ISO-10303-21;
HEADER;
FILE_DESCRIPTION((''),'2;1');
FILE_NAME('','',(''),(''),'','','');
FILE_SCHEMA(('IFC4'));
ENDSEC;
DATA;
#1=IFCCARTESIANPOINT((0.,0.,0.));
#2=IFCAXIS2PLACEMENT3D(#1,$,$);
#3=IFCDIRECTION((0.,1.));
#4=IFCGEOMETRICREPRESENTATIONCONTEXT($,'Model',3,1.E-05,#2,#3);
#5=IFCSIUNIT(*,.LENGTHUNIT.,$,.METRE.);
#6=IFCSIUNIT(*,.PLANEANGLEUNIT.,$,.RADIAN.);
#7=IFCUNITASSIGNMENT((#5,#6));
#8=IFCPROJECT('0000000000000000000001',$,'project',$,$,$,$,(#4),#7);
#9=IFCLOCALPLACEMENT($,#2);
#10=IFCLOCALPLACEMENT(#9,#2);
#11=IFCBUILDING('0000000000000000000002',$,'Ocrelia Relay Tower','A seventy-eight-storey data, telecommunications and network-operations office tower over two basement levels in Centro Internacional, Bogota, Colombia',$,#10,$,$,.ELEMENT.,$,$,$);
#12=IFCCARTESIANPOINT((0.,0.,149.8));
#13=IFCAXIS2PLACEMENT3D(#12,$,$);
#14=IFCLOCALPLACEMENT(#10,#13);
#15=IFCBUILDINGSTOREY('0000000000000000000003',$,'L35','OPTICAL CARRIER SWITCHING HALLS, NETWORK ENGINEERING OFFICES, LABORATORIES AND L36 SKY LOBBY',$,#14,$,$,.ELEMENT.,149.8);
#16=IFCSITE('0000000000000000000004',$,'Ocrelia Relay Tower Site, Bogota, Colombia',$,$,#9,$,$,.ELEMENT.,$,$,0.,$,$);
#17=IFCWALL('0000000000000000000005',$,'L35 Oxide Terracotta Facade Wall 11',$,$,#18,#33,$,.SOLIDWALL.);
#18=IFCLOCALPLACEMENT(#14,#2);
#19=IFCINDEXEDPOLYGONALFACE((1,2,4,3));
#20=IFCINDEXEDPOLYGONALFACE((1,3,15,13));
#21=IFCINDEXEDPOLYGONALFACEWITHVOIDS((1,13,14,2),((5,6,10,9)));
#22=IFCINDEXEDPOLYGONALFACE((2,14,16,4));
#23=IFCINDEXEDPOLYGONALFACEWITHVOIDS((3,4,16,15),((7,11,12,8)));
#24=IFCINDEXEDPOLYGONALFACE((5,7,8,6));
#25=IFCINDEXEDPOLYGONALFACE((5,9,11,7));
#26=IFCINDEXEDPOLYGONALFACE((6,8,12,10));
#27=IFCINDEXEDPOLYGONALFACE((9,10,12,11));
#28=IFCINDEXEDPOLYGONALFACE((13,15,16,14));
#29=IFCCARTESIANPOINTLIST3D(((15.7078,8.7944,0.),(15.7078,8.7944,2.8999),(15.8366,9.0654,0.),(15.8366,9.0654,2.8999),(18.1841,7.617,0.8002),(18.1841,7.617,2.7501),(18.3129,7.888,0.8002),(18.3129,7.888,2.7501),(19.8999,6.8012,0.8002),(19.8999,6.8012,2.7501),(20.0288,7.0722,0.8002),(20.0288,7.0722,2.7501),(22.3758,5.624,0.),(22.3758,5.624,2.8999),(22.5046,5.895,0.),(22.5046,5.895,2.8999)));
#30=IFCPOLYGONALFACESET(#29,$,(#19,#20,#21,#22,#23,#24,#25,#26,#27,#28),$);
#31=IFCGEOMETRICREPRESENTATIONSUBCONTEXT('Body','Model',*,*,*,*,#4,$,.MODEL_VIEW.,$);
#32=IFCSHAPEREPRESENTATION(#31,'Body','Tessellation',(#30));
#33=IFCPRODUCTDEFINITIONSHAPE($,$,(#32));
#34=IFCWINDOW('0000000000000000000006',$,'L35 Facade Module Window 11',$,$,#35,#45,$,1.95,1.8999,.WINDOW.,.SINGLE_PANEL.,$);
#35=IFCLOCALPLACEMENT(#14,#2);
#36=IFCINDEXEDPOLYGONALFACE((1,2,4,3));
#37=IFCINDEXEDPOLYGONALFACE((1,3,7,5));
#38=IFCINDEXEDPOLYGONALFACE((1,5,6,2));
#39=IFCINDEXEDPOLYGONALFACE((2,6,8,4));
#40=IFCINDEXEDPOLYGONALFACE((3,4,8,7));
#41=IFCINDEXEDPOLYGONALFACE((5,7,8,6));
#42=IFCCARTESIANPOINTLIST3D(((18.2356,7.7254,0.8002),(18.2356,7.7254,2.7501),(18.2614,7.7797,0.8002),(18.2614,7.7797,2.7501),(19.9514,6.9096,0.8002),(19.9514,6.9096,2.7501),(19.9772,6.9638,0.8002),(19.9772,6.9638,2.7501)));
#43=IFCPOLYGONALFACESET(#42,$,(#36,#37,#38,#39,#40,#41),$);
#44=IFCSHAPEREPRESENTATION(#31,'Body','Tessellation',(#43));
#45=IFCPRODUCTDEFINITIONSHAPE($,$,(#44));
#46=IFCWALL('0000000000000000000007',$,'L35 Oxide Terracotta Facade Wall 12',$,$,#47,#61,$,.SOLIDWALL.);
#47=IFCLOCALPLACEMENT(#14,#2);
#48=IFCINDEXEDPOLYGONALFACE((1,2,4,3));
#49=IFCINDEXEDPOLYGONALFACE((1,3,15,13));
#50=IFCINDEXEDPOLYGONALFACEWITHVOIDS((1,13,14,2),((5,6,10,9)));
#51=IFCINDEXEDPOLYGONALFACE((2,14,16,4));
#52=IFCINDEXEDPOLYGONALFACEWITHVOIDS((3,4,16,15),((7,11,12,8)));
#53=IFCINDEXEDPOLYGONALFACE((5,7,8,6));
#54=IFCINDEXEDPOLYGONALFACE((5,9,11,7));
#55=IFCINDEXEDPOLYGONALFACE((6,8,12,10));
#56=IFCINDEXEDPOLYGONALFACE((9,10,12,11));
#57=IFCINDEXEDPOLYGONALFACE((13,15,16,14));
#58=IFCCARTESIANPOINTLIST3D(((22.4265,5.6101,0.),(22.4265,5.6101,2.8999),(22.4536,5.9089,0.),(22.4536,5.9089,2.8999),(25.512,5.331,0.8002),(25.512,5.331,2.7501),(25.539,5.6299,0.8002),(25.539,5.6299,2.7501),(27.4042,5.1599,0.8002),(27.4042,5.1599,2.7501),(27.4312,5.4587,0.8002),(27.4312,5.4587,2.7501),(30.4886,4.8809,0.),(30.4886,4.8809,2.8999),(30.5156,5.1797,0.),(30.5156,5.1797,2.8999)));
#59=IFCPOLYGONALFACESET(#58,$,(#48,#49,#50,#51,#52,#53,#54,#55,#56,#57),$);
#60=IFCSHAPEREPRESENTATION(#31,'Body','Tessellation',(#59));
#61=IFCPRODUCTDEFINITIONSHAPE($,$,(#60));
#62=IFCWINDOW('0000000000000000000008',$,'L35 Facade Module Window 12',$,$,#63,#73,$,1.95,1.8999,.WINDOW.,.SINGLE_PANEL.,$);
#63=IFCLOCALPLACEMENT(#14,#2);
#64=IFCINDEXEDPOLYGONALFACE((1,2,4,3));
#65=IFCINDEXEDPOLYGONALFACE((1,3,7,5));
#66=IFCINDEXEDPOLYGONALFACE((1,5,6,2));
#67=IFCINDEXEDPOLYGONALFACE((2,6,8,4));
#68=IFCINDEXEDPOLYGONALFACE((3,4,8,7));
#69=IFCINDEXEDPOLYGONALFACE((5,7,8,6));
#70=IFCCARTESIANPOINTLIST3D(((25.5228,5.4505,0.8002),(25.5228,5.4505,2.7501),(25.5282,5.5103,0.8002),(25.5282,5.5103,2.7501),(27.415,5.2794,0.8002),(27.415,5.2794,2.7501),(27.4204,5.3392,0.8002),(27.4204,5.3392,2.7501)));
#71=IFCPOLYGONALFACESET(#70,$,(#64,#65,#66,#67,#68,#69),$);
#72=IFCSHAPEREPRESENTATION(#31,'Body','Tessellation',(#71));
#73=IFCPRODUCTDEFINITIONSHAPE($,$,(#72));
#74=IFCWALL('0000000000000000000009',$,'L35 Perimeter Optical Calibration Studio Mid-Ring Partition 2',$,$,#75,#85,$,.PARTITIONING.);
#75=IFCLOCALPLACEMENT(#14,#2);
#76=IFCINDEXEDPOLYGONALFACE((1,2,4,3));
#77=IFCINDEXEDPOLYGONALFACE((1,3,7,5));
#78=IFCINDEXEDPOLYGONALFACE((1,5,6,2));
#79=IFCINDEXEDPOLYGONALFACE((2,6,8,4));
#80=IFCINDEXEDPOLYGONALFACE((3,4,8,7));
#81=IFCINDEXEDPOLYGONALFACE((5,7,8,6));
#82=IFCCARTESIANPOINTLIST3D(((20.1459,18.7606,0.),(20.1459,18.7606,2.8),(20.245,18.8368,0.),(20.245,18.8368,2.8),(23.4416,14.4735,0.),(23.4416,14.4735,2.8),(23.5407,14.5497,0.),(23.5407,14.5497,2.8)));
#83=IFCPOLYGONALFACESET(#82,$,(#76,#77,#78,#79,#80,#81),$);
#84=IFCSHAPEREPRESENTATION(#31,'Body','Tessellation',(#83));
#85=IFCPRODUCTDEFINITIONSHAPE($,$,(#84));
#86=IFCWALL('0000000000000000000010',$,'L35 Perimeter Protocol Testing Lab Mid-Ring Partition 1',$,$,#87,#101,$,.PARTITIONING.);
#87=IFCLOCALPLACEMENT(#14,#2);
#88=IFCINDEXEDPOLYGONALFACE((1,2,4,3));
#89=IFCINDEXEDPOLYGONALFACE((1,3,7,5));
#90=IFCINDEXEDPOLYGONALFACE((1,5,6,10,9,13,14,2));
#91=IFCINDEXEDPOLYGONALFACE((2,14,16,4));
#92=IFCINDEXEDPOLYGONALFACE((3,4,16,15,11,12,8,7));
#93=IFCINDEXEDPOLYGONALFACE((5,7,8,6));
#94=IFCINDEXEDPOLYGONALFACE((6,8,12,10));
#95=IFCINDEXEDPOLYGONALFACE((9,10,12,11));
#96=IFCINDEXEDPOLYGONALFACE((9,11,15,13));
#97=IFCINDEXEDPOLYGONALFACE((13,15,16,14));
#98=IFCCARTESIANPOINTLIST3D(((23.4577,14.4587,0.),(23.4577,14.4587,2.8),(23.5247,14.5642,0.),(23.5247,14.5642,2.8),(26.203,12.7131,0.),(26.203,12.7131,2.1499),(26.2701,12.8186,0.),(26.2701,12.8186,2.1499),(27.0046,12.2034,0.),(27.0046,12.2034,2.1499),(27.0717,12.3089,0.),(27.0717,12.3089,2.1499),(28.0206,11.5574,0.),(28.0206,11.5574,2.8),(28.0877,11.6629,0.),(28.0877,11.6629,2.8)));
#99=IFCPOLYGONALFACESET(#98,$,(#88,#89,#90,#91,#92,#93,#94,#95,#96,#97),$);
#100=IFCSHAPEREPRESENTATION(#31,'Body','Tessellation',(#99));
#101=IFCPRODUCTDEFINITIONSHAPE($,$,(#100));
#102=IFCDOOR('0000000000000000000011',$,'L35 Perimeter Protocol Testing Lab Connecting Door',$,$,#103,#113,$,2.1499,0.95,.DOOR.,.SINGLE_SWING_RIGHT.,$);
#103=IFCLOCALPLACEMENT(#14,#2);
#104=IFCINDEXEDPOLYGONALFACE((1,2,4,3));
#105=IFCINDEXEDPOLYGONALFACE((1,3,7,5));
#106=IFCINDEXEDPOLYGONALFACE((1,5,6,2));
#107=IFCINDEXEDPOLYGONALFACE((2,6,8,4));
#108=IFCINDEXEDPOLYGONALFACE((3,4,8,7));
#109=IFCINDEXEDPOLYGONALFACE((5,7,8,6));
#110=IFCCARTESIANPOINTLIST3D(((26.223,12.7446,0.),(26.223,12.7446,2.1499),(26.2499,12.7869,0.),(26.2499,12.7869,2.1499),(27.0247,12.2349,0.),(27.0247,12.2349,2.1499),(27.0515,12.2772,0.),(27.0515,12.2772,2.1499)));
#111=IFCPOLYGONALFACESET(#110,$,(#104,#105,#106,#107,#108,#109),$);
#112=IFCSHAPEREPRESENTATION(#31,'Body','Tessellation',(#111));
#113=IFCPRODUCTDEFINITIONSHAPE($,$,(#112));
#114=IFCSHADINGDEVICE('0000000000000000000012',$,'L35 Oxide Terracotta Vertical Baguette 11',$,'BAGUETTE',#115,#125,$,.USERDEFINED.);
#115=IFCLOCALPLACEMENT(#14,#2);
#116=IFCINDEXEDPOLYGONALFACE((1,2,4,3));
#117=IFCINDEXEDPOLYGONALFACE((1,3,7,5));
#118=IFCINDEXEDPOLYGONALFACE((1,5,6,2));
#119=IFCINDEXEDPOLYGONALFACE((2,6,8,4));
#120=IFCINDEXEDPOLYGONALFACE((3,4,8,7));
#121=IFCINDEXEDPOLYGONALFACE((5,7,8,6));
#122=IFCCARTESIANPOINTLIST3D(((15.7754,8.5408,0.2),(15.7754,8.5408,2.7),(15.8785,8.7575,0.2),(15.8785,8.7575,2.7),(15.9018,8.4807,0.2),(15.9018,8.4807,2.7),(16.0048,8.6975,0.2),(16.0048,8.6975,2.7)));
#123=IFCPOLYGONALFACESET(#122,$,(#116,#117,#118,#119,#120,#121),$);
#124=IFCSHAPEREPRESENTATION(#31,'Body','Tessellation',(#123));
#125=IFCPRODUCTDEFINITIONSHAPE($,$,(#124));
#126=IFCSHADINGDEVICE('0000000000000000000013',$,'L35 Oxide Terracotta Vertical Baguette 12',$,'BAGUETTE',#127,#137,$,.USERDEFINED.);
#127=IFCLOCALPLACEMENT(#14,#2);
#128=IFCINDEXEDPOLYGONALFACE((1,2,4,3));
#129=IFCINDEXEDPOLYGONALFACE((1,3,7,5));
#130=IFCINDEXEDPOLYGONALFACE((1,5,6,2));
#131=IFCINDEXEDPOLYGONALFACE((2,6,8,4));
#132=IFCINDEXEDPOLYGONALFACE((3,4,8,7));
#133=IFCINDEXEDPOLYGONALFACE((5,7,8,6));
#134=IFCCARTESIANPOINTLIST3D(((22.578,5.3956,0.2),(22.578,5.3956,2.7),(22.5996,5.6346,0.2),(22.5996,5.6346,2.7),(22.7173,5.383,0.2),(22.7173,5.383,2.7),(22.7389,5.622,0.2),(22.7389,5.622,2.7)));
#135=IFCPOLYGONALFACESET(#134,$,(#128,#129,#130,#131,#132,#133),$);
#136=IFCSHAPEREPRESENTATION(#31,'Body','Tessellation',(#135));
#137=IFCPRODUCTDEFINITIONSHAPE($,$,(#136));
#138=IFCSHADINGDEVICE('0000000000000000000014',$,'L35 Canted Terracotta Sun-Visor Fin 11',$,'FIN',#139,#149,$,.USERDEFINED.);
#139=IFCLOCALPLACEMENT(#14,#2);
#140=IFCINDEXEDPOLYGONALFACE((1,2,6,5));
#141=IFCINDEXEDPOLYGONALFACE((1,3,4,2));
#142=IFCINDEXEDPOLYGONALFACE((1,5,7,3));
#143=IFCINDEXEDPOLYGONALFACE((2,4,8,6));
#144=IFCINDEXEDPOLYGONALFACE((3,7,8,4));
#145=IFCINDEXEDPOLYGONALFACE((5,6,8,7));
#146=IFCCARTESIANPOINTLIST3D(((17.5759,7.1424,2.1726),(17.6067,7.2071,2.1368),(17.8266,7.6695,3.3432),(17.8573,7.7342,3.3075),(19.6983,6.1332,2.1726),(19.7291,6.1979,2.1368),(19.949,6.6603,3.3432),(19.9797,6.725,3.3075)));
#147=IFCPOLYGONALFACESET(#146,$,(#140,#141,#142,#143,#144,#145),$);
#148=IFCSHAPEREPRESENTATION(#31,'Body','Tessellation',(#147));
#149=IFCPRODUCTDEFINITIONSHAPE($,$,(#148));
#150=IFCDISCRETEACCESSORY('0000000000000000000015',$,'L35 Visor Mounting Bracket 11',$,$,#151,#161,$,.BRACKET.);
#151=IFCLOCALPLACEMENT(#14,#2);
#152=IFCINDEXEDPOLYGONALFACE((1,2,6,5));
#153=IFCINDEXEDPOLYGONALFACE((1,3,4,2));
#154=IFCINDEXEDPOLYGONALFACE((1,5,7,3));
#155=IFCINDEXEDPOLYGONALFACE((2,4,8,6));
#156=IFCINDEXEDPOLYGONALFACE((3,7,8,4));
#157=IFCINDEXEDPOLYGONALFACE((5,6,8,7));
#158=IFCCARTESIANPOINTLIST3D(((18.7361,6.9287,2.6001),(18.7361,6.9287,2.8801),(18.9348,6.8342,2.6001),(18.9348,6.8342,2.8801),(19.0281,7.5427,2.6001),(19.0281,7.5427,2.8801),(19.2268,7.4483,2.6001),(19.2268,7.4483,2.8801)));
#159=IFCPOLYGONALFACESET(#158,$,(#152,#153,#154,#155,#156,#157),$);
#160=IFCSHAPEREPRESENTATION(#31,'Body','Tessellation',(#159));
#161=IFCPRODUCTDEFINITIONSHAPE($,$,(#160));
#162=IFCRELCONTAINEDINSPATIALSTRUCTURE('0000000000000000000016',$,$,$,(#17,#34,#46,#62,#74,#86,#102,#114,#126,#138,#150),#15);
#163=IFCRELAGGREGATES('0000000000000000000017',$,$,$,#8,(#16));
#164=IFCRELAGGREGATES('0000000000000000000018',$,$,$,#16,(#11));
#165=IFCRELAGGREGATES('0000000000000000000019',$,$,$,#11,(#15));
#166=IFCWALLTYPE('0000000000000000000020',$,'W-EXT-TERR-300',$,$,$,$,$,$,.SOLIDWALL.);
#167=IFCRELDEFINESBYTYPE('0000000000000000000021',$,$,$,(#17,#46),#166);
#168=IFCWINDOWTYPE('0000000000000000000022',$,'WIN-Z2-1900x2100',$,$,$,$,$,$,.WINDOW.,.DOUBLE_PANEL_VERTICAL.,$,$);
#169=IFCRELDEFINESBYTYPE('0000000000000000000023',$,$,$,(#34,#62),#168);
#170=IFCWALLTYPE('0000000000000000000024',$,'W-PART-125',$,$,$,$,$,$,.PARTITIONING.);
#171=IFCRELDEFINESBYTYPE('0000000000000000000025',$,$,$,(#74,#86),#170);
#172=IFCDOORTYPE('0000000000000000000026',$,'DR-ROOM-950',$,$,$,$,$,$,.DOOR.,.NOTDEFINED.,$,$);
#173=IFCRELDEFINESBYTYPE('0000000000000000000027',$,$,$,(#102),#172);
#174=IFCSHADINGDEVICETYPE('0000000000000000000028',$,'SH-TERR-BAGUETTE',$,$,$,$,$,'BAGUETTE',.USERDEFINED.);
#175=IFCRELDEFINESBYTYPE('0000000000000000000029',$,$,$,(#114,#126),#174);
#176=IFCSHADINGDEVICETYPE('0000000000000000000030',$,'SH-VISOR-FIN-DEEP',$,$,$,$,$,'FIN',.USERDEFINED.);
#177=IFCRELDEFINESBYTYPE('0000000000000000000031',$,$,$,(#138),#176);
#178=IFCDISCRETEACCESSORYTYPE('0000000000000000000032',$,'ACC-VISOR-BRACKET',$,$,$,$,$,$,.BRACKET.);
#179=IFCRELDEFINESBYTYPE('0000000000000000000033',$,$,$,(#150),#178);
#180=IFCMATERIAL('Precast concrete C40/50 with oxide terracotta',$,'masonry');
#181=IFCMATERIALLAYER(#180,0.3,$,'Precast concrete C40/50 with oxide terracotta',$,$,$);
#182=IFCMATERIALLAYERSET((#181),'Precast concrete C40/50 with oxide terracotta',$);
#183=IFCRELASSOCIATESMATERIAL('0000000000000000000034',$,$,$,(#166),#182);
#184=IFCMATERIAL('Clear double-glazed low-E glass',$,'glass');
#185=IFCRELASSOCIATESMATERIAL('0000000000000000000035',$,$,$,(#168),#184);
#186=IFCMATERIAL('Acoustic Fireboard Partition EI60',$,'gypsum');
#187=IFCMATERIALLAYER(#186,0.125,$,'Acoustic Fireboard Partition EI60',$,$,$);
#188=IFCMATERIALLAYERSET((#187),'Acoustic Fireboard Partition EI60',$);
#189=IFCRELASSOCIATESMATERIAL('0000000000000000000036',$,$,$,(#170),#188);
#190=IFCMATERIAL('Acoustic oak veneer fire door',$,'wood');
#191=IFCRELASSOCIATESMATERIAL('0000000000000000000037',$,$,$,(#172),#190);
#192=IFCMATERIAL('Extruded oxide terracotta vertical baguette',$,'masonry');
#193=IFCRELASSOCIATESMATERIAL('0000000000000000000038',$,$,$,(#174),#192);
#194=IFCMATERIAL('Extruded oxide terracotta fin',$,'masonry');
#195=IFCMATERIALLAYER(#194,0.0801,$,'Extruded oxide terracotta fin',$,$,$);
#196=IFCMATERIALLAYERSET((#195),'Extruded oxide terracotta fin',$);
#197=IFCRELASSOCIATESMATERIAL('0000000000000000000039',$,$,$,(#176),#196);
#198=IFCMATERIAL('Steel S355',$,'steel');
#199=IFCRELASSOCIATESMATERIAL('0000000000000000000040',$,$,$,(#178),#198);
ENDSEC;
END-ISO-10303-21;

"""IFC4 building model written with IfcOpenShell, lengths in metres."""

from ifc_helpers import new_model, si_unit, direction, frame, frame_2d, origin, origin_2d, place, context, subcontext, project, spatial, rectangle, extrude, material, layer, layer_set, type_object, element, fill, save


model = new_model("IFC4")

# Units and contexts
model_context = context("Model", 3, precision=1e-05, world=origin(), true_north=direction((0.0, 1.0)))
body_context = subcontext(model_context, "Body", "Model", "MODEL_VIEW")
ifc_project = project(units=[si_unit("LENGTHUNIT", "METRE"), si_unit("PLANEANGLEUNIT", "RADIAN")], contexts=[model_context])

# Site, building, storey
site_placement = place(None, origin())
site = spatial("IfcSite", under=ifc_project, at=site_placement, Name="Ocrelia Relay Tower Site, Bogota, Colombia", CompositionType="ELEMENT", RefElevation=0.0)
building_placement = place(site_placement, origin())
building = spatial("IfcBuilding", under=site, at=building_placement, Name="Ocrelia Relay Tower", Description="A seventy-eight-storey data, telecommunications and network-operations office tower over two basement levels in Centro Internacional, Bogota, Colombia", CompositionType="ELEMENT")
storey_placement = place(building_placement, frame((0.0, 0.0, 149.8)))
storey = spatial("IfcBuildingStorey", under=building, at=storey_placement, Name="L35", Description="OPTICAL CARRIER SWITCHING HALLS, NETWORK ENGINEERING OFFICES, LABORATORIES AND L36 SKY LOBBY", CompositionType="ELEMENT", Elevation=149.8)

# Shared definitions
ifc_material_1 = material(Name="Steel S355", Category="steel")

# Shared definitions
ifc_material_2 = material(Name="Clear double-glazed low-E glass", Category="glass")

# Walls, openings, windows
ifc_material_3 = material(Name="Precast concrete C40/50 with oxide terracotta", Category="masonry")
ifc_layer_1 = layer(ifc_material_3, 0.3, Name="Precast concrete C40/50 with oxide terracotta")
ifc_layer_set_1 = layer_set([ifc_layer_1], Name="Precast concrete C40/50 with oxide terracotta")
wall_type_1 = type_object("IfcWallType", Name="W-EXT-TERR-300", PredefinedType="SOLIDWALL", material=ifc_layer_set_1)
wall_1_placement = place(storey_placement, frame((15.7722, 8.9299, 0.0), z_axis=(0.0, 0.0, 1.0), x_axis=(0.903113, -0.429402, 0.0)))
wall_1 = element("IfcWall", 1, at=wall_1_placement, inside=storey, type_object=wall_type_1, Name="L35 Oxide Terracotta Facade Wall 11", PredefinedType="SOLIDWALL", context=body_context, shape_type="SweptSolid", body=[
    extrude(rectangle(XDim=7.3833, YDim=0.3, at=frame_2d((3.6917, 0.0))), origin(), (0.0, 0.0, 1.0), 2.8999),
])
opening_1_placement = place(wall_1_placement, frame((2.7419, 0.0, 0.8)))
opening_1 = element("IfcOpeningElement", 2, at=opening_1_placement, cuts=wall_1, PredefinedType="OPENING", context=body_context, shape_type="SweptSolid", body=[
    extrude(rectangle(XDim=1.8999, YDim=1.95, at=frame_2d((0.95, 0.9751))), frame((0.0, 0.1602, 0.0), z_axis=(0.0, -1.0, 0.0), x_axis=(1.0, 0.0, 0.0)), (0.0, 0.0, 1.0), 0.3201),
])
window_type = type_object("IfcWindowType", Name="WIN-Z2-1900x2100", PartitioningType="DOUBLE_PANEL_VERTICAL", PredefinedType="WINDOW", material=ifc_material_2)
window_1_placement = place(opening_1_placement, origin())
window_1 = element("IfcWindow", 3, at=window_1_placement, inside=storey, type_object=window_type, Name="L35 Facade Module Window 11", OverallHeight=1.95, OverallWidth=1.8999, PartitioningType="SINGLE_PANEL", PredefinedType="WINDOW", context=body_context, shape_type="SweptSolid", body=[
    extrude(rectangle(XDim=1.8999, YDim=1.95, at=frame_2d((0.95, 0.9751))), frame((0.0, 0.03, 0.0), z_axis=(0.0, -1.0, 0.0), x_axis=(1.0, 0.0, 0.0)), (0.0, 0.0, 1.0), 0.0601),
])
fill(opening_1, window_1)
wall_2_placement = place(storey_placement, frame((22.4402, 5.7595, 0.0), z_axis=(0.0, 0.0, 1.0), x_axis=(0.995934, -0.090087, 0.0)))
wall_2 = element("IfcWall", 4, at=wall_2_placement, inside=storey, type_object=wall_type_1, Name="L35 Oxide Terracotta Facade Wall 12", PredefinedType="SOLIDWALL", context=body_context, shape_type="SweptSolid", body=[
    extrude(rectangle(XDim=8.095, YDim=0.3, at=frame_2d((4.0474, 0.0))), origin(), (0.0, 0.0, 1.0), 2.8999),
])
opening_2_placement = place(wall_2_placement, frame((3.0979, 0.0, 0.8)))
opening_2 = element("IfcOpeningElement", 5, at=opening_2_placement, cuts=wall_2, PredefinedType="OPENING", context=body_context, shape_type="SweptSolid", body=[
    extrude(rectangle(XDim=1.8999, YDim=1.95, at=frame_2d((0.95, 0.9751))), frame((0.0, 0.1602, 0.0), z_axis=(0.0, -1.0, 0.0), x_axis=(1.0, 0.0, 0.0)), (0.0, 0.0, 1.0), 0.3201),
])
window_2_placement = place(opening_2_placement, origin())
window_2 = element("IfcWindow", 6, at=window_2_placement, inside=storey, type_object=window_type, Name="L35 Facade Module Window 12", OverallHeight=1.95, OverallWidth=1.8999, PartitioningType="SINGLE_PANEL", PredefinedType="WINDOW", context=body_context, shape_type="SweptSolid", body=[
    extrude(rectangle(XDim=1.8999, YDim=1.95, at=frame_2d((0.95, 0.9751))), frame((0.0, 0.03, 0.0), z_axis=(0.0, -1.0, 0.0), x_axis=(1.0, 0.0, 0.0)), (0.0, 0.0, 1.0), 0.0601),
])
fill(opening_2, window_2)

# Wall
ifc_material_4 = material(Name="Acoustic Fireboard Partition EI60", Category="gypsum")
ifc_layer_2 = layer(ifc_material_4, 0.125, Name="Acoustic Fireboard Partition EI60")
ifc_layer_set_2 = layer_set([ifc_layer_2], Name="Acoustic Fireboard Partition EI60")
wall_type_2 = type_object("IfcWallType", Name="W-PART-125", PredefinedType="PARTITIONING", material=ifc_layer_set_2)
wall_3_placement = place(storey_placement, frame((20.1956, 18.7986, 0.0), z_axis=(0.0, 0.0, 1.0), x_axis=(0.609464, -0.792814, 0.0)))
element("IfcWall", 7, at=wall_3_placement, inside=storey, type_object=wall_type_2, Name="L35 Perimeter Optical Calibration Studio Mid-Ring Partition 2", PredefinedType="PARTITIONING", context=body_context, shape_type="SweptSolid", body=[
    extrude(rectangle(XDim=5.4075, YDim=0.125, at=frame_2d((2.7036, 0.0))), origin(), (0.0, 0.0, 1.0), 2.8),
])

# Wall, opening, door
wall_4_placement = place(storey_placement, frame((23.4912, 14.5115, 0.0), z_axis=(0.0, 0.0, 1.0), x_axis=(0.843858, -0.536566, 0.0)))
wall_4 = element("IfcWall", 8, at=wall_4_placement, inside=storey, type_object=wall_type_2, Name="L35 Perimeter Protocol Testing Lab Mid-Ring Partition 1", PredefinedType="PARTITIONING", context=body_context, shape_type="SweptSolid", body=[
    extrude(rectangle(XDim=5.4072, YDim=0.125, at=frame_2d((2.7036, 0.0))), origin(), (0.0, 0.0, 1.0), 2.8),
])
opening_3_placement = place(wall_4_placement, frame((3.2532, 0.0, 0.0)))
opening_3 = element("IfcOpeningElement", 9, at=opening_3_placement, cuts=wall_4, PredefinedType="OPENING", context=body_context, shape_type="SweptSolid", body=[
    extrude(rectangle(XDim=0.95, YDim=2.1499, at=frame_2d((0.4751, 1.075))), frame((0.0, 0.0725, 0.0), z_axis=(0.0, -1.0, 0.0), x_axis=(1.0, 0.0, 0.0)), (0.0, 0.0, 1.0), 0.145),
])
ifc_material_5 = material(Name="Acoustic oak veneer fire door", Category="wood")
door_type = type_object("IfcDoorType", Name="DR-ROOM-950", OperationType="NOTDEFINED", PredefinedType="DOOR", material=ifc_material_5)
door_placement = place(opening_3_placement, origin())
door = element("IfcDoor", 10, at=door_placement, inside=storey, type_object=door_type, Name="L35 Perimeter Protocol Testing Lab Connecting Door", OperationType="SINGLE_SWING_RIGHT", OverallHeight=2.1499, OverallWidth=0.95, PredefinedType="DOOR", context=body_context, shape_type="SweptSolid", body=[
    extrude(rectangle(XDim=0.95, YDim=2.1499, at=frame_2d((0.4751, 1.075))), frame((0.0, 0.0249, 0.0), z_axis=(0.0, -1.0, 0.0), x_axis=(1.0, 0.0, 0.0)), (0.0, 0.0, 1.0), 0.05),
])
fill(opening_3, door)

# Shading devices
ifc_material_6 = material(Name="Extruded oxide terracotta vertical baguette", Category="masonry")
shading_device_type_1 = type_object("IfcShadingDeviceType", Name="SH-TERR-BAGUETTE", ElementType="BAGUETTE", PredefinedType="USERDEFINED", material=ifc_material_6)
for number, where, z_axis, x_axis, name in (
    (11, (15.8901, 8.6191, 0.2), (0.0, 0.0, 1.0), (0.903107, -0.429416, 0.0), "L35 Oxide Terracotta Vertical Baguette 11"),
    (12, (22.6584, 5.5088, 0.2), (0.0, 0.0, 1.0), (0.995935, -0.090079, 0.0), "L35 Oxide Terracotta Vertical Baguette 12"),
):
    element("IfcShadingDevice", number, at=place(storey_placement, frame(where, z_axis=z_axis, x_axis=x_axis)), inside=storey, type_object=shading_device_type_1, Name=name, ObjectType="BAGUETTE", PredefinedType="USERDEFINED", context=body_context, shape_type="SweptSolid", body=[
        extrude(rectangle(XDim=0.1399, YDim=0.24, at=origin_2d()), origin(), (0.0, 0.0, 1.0), 2.5),
    ])
ifc_material_7 = material(Name="Extruded oxide terracotta fin", Category="masonry")
ifc_layer_3 = layer(ifc_material_7, 0.0801, Name="Extruded oxide terracotta fin")
ifc_layer_set_3 = layer_set([ifc_layer_3], Name="Extruded oxide terracotta fin")
shading_device_type_2 = type_object("IfcShadingDeviceType", Name="SH-VISOR-FIN-DEEP", ElementType="FIN", PredefinedType="USERDEFINED", material=ifc_layer_set_3)
shading_device_placement = place(storey_placement, frame((18.7932, 6.9661, 2.7222), z_axis=(-0.384299, -0.808221, 0.446198), x_axis=(0.903107, -0.429416, 0.0)))
element("IfcShadingDevice", 13, at=shading_device_placement, inside=storey, type_object=shading_device_type_2, Name="L35 Canted Terracotta Sun-Visor Fin 11", ObjectType="FIN", PredefinedType="USERDEFINED", context=body_context, shape_type="SweptSolid", body=[
    extrude(rectangle(XDim=2.3501, YDim=1.3081, at=origin_2d()), origin(), (0.0, 0.0, 1.0), 0.0801),
])

# Discrete accessory
discrete_accessory_type = type_object("IfcDiscreteAccessoryType", Name="ACC-VISOR-BRACKET", PredefinedType="BRACKET", material=ifc_material_1)
discrete_accessory_placement = place(storey_placement, frame((18.9814, 7.1885, 2.6001), z_axis=(0.0, 0.0, 1.0), x_axis=(0.903107, -0.429416, 0.0)))
element("IfcDiscreteAccessory", 14, at=discrete_accessory_placement, inside=storey, type_object=discrete_accessory_type, Name="L35 Visor Mounting Bracket 11", PredefinedType="BRACKET", context=body_context, shape_type="SweptSolid", body=[
    extrude(rectangle(XDim=0.22, YDim=0.6799, at=origin_2d()), origin(), (0.0, 0.0, 1.0), 0.28),
])

save(model, "model.ifc")
